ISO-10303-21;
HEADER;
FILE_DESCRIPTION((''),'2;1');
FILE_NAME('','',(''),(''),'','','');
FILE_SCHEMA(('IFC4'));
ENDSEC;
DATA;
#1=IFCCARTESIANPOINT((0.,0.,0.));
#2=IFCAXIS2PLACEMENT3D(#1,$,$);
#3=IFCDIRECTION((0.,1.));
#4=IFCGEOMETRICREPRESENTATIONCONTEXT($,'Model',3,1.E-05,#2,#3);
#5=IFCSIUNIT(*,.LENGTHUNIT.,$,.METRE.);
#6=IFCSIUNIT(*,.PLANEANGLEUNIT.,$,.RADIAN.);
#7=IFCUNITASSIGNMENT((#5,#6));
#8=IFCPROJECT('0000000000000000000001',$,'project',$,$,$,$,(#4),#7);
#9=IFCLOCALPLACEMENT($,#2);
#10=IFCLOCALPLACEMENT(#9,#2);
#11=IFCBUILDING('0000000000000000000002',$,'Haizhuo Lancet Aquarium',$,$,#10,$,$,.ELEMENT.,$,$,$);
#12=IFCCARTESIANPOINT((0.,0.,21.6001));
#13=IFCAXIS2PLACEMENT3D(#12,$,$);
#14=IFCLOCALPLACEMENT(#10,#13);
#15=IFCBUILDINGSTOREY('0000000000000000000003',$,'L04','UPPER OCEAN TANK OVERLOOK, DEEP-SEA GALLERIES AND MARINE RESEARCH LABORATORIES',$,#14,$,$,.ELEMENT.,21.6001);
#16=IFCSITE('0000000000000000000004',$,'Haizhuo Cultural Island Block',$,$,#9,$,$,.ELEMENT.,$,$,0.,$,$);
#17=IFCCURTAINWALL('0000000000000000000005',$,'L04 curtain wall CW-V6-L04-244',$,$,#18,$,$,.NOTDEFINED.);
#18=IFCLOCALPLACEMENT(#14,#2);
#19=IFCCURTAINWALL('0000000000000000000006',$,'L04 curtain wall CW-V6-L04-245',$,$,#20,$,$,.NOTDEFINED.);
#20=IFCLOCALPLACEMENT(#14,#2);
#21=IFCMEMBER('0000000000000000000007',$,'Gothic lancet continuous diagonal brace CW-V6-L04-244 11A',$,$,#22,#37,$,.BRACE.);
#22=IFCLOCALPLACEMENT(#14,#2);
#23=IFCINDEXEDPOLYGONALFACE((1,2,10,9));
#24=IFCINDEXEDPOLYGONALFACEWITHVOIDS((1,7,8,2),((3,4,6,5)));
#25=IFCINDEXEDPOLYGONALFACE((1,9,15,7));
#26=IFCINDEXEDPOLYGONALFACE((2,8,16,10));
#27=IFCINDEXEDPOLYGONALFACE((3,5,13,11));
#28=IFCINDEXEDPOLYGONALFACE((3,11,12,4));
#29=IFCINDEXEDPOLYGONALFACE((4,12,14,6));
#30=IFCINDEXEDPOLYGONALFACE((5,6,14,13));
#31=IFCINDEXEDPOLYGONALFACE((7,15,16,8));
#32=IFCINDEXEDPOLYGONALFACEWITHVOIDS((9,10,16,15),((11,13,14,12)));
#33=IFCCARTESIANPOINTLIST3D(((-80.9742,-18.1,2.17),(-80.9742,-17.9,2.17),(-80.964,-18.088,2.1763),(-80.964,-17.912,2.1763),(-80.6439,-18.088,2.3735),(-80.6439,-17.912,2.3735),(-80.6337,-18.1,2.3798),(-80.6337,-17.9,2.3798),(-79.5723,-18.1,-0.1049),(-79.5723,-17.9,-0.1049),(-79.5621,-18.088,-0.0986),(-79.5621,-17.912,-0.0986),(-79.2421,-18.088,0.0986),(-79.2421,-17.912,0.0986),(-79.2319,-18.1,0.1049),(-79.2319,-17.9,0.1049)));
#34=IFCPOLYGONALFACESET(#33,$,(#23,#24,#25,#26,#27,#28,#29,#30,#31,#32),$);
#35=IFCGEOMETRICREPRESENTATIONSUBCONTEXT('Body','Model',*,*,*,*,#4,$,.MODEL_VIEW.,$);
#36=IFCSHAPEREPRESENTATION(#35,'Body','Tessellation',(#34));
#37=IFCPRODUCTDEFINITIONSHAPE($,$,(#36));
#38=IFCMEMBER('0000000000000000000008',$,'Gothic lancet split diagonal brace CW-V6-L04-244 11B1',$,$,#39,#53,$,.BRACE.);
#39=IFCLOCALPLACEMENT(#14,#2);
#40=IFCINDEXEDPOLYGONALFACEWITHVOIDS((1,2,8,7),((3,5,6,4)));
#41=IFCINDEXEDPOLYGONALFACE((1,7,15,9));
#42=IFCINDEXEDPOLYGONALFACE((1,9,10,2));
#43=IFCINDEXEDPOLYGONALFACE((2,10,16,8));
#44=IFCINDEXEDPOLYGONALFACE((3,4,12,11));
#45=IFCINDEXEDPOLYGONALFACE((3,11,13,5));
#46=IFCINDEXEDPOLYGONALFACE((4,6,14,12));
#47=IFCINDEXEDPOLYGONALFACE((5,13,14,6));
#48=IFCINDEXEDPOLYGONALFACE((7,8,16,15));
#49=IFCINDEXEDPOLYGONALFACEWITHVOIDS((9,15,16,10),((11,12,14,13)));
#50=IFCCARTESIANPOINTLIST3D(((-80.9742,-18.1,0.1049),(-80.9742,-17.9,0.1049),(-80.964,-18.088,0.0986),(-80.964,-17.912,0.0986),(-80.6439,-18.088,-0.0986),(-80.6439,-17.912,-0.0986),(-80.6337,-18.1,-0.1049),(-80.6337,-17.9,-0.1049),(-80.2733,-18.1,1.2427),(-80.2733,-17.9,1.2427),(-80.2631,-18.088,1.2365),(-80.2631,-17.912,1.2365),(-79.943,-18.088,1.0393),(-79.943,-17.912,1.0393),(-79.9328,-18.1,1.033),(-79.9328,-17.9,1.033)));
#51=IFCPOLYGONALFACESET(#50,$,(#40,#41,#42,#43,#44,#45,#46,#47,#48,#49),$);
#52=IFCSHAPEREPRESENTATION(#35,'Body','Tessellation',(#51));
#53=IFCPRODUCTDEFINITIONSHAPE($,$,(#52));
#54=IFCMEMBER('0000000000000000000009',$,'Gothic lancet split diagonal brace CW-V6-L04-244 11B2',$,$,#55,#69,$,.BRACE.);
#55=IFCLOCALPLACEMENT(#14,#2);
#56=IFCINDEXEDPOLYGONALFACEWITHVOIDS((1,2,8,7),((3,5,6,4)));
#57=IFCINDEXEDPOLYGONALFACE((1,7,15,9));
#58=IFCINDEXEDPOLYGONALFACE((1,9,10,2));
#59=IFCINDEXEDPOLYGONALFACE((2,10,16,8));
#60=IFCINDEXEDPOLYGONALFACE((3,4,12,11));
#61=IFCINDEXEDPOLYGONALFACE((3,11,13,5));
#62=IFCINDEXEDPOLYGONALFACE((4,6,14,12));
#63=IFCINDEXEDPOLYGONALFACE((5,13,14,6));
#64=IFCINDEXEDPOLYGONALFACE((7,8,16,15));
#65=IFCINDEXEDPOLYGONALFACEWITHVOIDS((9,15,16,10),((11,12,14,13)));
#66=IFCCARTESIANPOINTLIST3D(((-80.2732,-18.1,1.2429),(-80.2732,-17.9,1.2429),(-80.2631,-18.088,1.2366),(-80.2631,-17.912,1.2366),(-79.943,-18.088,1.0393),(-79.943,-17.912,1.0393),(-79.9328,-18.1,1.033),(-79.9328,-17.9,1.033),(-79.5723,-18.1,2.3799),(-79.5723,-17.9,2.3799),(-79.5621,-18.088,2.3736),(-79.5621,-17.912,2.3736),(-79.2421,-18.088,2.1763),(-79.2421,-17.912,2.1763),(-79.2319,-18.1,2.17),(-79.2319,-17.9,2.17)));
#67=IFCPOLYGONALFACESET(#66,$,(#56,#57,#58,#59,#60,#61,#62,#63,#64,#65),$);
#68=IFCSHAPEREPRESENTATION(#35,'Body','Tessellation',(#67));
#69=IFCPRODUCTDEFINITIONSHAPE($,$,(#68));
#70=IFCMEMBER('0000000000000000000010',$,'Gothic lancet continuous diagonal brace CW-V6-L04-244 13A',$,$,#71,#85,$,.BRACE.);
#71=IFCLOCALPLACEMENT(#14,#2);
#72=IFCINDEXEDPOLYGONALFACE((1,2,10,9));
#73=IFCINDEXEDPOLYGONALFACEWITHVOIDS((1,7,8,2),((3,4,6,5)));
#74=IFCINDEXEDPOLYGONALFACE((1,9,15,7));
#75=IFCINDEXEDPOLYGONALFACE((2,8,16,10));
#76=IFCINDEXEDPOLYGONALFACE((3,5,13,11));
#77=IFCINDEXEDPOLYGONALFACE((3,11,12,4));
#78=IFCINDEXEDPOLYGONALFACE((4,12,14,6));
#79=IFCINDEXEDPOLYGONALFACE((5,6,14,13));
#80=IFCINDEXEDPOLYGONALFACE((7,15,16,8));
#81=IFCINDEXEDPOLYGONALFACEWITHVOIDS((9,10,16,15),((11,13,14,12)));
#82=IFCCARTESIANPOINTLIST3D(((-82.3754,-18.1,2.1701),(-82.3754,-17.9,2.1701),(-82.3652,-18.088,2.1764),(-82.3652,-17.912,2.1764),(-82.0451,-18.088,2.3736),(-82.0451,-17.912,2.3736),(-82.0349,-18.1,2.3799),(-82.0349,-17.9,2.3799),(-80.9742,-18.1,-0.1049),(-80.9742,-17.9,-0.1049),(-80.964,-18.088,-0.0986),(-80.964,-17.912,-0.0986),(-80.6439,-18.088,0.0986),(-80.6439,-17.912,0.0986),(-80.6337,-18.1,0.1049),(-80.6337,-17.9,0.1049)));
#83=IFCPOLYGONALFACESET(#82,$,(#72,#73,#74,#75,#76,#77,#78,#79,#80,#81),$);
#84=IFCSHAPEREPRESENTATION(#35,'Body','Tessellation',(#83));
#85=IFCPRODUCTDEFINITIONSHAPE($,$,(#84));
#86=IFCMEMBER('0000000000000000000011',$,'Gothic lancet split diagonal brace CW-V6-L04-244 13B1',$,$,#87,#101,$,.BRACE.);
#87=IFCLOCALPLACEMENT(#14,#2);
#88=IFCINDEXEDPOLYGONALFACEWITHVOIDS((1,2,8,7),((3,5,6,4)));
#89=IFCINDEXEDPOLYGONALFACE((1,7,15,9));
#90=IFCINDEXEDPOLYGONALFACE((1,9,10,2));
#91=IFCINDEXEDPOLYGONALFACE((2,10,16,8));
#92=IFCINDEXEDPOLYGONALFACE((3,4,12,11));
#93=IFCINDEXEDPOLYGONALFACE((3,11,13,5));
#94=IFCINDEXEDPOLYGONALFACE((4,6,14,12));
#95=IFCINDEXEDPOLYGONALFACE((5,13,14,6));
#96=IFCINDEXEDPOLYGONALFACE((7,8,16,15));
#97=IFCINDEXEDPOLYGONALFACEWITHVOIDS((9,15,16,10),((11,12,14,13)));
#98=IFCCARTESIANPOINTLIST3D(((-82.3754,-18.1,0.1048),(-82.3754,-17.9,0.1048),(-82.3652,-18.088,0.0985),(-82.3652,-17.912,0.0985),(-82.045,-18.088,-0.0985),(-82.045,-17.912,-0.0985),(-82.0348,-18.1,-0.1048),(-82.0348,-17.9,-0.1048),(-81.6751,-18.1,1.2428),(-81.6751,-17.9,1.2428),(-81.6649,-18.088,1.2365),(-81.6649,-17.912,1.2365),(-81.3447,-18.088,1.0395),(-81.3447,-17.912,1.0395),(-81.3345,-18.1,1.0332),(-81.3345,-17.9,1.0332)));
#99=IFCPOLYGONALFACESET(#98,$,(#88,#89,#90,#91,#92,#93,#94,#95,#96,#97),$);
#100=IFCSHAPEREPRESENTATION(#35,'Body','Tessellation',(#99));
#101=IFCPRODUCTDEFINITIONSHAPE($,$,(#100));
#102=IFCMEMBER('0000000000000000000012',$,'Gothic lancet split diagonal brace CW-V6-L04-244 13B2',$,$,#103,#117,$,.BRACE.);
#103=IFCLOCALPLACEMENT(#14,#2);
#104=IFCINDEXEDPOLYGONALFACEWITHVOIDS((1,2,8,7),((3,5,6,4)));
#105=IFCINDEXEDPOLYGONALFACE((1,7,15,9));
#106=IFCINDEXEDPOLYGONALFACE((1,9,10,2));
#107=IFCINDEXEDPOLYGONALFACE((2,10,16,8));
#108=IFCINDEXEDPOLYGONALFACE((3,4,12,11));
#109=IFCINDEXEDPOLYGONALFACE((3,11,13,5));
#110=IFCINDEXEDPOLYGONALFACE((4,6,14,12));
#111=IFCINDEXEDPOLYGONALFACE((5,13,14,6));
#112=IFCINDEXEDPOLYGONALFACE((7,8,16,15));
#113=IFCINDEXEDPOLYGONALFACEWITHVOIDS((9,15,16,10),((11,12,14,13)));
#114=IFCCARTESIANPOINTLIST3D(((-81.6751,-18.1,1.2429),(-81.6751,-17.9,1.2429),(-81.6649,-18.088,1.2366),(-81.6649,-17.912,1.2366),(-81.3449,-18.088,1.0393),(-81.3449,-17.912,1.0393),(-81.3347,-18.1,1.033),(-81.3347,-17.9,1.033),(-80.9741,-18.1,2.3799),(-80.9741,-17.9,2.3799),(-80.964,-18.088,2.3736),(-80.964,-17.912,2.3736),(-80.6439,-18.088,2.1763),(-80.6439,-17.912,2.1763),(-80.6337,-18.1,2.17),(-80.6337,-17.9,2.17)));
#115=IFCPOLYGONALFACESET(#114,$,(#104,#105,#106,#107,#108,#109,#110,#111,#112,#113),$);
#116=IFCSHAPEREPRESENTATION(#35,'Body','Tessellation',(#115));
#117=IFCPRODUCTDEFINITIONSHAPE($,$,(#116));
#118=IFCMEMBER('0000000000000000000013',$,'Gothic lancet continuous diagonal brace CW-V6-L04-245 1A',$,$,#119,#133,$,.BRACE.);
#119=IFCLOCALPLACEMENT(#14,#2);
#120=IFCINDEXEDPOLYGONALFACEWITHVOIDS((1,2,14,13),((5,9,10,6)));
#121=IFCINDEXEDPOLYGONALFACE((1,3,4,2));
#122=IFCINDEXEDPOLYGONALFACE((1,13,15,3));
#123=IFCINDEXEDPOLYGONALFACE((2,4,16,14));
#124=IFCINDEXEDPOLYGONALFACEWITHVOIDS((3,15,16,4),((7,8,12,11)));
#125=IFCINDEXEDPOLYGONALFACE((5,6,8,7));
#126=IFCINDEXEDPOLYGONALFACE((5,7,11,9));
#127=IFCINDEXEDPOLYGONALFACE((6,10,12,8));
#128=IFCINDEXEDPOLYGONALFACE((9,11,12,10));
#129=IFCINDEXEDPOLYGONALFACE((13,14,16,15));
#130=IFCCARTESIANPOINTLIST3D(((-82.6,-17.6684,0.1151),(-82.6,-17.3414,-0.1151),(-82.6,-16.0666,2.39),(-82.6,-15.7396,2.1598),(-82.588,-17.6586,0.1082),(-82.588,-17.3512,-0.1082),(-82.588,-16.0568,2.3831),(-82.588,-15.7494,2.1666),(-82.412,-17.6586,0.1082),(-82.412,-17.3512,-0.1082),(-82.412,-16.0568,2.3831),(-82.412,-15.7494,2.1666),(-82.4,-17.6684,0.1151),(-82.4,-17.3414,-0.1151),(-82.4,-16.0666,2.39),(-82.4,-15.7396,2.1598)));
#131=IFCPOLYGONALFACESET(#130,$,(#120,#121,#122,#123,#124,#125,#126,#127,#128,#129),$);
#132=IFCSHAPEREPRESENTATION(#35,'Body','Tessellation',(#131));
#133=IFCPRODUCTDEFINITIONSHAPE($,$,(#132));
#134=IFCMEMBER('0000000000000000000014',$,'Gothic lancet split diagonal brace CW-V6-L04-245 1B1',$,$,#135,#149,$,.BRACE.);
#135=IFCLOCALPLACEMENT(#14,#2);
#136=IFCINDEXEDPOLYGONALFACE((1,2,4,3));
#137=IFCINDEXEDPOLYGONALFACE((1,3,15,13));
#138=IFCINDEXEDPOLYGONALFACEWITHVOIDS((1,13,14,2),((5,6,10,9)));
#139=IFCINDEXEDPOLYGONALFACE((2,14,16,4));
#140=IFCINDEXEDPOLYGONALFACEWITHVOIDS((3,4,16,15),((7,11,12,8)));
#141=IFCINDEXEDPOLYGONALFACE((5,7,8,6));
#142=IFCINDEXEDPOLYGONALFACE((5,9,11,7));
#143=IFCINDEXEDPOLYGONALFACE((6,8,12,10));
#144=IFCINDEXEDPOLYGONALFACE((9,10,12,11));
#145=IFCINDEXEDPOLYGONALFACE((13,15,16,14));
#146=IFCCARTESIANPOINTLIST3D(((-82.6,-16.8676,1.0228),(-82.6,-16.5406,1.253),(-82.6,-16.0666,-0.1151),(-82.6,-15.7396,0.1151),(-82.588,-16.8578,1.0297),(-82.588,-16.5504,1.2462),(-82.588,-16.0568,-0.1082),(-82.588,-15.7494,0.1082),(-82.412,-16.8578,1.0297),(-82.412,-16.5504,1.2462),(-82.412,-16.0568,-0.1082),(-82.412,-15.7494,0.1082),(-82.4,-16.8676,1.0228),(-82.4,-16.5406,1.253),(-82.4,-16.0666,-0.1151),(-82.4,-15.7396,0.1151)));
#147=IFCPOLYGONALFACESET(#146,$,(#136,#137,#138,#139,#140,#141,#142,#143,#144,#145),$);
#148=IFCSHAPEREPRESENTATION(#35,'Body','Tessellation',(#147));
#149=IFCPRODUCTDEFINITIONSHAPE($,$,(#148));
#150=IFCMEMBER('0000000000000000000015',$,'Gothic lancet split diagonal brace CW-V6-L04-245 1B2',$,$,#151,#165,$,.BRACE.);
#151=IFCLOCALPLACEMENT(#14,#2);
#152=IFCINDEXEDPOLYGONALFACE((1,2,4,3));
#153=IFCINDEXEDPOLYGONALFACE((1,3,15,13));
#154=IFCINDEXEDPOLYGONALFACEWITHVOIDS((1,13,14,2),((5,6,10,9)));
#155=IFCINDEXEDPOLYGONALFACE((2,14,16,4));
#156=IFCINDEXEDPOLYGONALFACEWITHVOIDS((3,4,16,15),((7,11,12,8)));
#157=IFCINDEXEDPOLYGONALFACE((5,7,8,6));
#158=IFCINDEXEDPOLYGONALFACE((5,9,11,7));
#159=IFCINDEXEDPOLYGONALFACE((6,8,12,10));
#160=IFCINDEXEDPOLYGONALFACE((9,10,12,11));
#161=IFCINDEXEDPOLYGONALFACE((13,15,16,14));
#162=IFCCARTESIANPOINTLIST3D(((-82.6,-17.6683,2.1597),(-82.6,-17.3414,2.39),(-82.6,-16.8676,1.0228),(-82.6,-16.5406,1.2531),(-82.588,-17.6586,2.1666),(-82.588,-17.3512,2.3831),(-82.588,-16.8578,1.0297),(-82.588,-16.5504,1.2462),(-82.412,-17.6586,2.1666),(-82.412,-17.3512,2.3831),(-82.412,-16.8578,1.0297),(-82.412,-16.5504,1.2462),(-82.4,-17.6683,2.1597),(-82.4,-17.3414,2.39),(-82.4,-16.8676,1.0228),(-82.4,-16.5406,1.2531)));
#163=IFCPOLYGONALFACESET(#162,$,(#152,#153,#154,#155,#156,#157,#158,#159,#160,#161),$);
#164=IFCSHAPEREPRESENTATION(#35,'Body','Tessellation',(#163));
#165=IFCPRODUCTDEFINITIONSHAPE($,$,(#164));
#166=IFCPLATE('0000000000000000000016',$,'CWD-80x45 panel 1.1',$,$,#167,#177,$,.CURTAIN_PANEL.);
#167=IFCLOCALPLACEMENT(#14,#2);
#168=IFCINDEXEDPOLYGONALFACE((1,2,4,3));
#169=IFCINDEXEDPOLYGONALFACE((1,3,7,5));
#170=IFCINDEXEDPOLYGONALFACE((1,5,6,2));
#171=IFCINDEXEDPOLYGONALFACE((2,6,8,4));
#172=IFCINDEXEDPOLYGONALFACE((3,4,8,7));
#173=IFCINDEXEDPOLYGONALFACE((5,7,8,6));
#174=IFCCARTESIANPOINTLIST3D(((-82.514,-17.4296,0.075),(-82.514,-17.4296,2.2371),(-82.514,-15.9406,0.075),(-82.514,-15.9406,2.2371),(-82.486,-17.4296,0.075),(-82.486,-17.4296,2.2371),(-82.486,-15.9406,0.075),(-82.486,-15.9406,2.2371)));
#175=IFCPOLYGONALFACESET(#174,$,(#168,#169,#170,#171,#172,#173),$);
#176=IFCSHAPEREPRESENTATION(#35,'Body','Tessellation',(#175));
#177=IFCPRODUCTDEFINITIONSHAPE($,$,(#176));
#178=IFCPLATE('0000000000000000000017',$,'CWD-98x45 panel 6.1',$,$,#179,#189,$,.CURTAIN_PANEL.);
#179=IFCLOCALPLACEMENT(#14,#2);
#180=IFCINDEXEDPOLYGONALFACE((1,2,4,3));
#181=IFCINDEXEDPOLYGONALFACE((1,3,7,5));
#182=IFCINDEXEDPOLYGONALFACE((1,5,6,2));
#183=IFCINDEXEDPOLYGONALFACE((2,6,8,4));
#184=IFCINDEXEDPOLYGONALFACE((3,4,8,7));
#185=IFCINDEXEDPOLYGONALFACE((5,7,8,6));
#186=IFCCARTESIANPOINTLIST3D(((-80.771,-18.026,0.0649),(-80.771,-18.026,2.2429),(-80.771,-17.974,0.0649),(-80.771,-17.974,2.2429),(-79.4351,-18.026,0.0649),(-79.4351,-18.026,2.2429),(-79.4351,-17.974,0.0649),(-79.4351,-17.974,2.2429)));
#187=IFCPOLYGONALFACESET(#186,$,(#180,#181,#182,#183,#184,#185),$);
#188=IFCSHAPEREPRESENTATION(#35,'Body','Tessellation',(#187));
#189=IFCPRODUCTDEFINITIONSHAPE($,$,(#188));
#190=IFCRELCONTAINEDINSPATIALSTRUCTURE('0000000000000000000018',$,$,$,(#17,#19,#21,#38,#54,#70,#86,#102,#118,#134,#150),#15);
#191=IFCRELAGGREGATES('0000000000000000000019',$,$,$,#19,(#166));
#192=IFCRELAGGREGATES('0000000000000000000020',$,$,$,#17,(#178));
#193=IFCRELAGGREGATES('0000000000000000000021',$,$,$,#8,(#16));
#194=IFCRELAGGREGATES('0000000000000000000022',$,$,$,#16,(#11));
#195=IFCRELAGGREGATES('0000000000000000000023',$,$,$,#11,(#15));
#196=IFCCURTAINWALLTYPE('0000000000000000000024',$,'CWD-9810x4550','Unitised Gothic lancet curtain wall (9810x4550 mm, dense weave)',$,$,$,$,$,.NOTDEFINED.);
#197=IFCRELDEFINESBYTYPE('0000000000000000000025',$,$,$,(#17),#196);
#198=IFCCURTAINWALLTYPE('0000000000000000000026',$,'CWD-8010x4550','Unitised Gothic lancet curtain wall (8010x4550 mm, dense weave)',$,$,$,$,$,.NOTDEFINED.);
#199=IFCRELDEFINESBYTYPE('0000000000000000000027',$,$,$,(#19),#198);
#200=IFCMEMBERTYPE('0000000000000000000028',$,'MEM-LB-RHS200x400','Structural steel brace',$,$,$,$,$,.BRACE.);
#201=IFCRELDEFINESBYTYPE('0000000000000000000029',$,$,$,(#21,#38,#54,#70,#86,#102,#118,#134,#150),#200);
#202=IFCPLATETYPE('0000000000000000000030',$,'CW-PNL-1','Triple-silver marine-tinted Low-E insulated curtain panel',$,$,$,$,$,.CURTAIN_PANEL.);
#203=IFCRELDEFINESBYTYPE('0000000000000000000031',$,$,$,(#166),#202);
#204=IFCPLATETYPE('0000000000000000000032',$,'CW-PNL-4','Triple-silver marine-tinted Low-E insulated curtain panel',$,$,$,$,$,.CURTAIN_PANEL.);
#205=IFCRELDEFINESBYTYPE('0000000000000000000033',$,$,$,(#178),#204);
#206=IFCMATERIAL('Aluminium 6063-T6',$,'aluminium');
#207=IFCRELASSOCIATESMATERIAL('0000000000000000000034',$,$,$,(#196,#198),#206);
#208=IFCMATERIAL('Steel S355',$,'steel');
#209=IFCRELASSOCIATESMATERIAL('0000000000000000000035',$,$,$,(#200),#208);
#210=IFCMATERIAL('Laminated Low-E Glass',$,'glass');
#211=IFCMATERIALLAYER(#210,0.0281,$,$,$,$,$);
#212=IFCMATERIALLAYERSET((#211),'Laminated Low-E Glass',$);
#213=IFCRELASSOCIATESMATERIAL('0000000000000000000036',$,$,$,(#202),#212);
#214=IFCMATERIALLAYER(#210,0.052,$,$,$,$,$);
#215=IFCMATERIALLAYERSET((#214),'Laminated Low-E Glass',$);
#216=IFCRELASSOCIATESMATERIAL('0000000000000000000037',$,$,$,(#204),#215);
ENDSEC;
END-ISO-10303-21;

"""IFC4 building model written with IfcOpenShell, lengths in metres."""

from ifc_helpers import new_model, si_unit, direction, frame, origin, origin_2d, place, context, subcontext, project, spatial, rectangle, hollow_rectangle, extrude, material, layer, layer_set, material_profile, profile_set, type_object, element, aggregate, save


model = new_model("IFC4")

# Units and contexts
model_context = context("Model", 3, precision=1e-05, world=origin(), true_north=direction((0.0, 1.0)))
body_context = subcontext(model_context, "Body", "Model", "MODEL_VIEW")
ifc_project = project(units=[si_unit("LENGTHUNIT", "METRE"), si_unit("PLANEANGLEUNIT", "RADIAN")], contexts=[model_context])

# Site, building, storey
site_placement = place(None, origin())
site = spatial("IfcSite", under=ifc_project, at=site_placement, Name="Haizhuo Cultural Island Block", CompositionType="ELEMENT", RefElevation=0.0)
building_placement = place(site_placement, origin())
building = spatial("IfcBuilding", under=site, at=building_placement, Name="Haizhuo Lancet Aquarium", CompositionType="ELEMENT")
storey_placement = place(building_placement, frame((0.0, 0.0, 21.6001)))
storey = spatial("IfcBuildingStorey", under=building, at=storey_placement, Name="L04", Description="UPPER OCEAN TANK OVERLOOK, DEEP-SEA GALLERIES AND MARINE RESEARCH LABORATORIES", CompositionType="ELEMENT", Elevation=21.6001)

# Curtain walls
ifc_material_1 = material(Name="Aluminium 6063-T6", Category="aluminium")
curtain_wall_type_1 = type_object("IfcCurtainWallType", Name="CWD-9810x4550", Description="Unitised Gothic lancet curtain wall (9810x4550 mm, dense weave)", PredefinedType="NOTDEFINED", material=ifc_material_1)
curtain_wall_1_placement = place(storey_placement, origin())
curtain_wall_1 = element("IfcCurtainWall", 1, at=curtain_wall_1_placement, inside=storey, type_object=curtain_wall_type_1, Name="L04 curtain wall CW-V6-L04-244", PredefinedType="NOTDEFINED")
curtain_wall_type_2 = type_object("IfcCurtainWallType", Name="CWD-8010x4550", Description="Unitised Gothic lancet curtain wall (8010x4550 mm, dense weave)", PredefinedType="NOTDEFINED", material=ifc_material_1)
curtain_wall_2_placement = place(storey_placement, origin())
curtain_wall_2 = element("IfcCurtainWall", 2, at=curtain_wall_2_placement, inside=storey, type_object=curtain_wall_type_2, Name="L04 curtain wall CW-V6-L04-245", PredefinedType="NOTDEFINED")

# Members
ifc_material_2 = material(Name="Steel S355", Category="steel")
ifc_material_profile_1 = material_profile(ifc_material_2, hollow_rectangle(XDim=0.2, YDim=0.3999, WallThickness=0.012, at=origin_2d()), Name="RHS 200x400x12")
ifc_profile_set_1 = profile_set([ifc_material_profile_1], Name="Steel S355")
member_type_1 = type_object("IfcMemberType", Name="MEM-LB-RHS200x400", Description="Structural steel brace", PredefinedType="BRACE", material=ifc_profile_set_1)
member_1_placement = place(storey_placement, frame((-79.4021, -18.0, 0.0), z_axis=(-0.524617, 0.0, 0.851338), x_axis=(0.0, -1.0, 0.0)))
element("IfcMember", 3, at=member_1_placement, inside=storey, type_object=member_type_1, Name="Gothic lancet continuous diagonal brace CW-V6-L04-244 11A", PredefinedType="BRACE", context=body_context, shape_type="SweptSolid", body=[
    extrude(hollow_rectangle(XDim=0.2, YDim=0.3999, WallThickness=0.012, at=origin_2d()), origin(), (0.0, 0.0, 1.0), 2.6721),
])
member_2_placement = place(storey_placement, frame((-80.804, -18.0, 0.0), z_axis=(0.524454, 0.0, 0.851439), x_axis=(0.0, 1.0, 0.0)))
element("IfcMember", 4, at=member_2_placement, inside=storey, type_object=member_type_1, Name="Gothic lancet split diagonal brace CW-V6-L04-244 11B1", PredefinedType="BRACE", context=body_context, shape_type="SweptSolid", body=[
    extrude(hollow_rectangle(XDim=0.2, YDim=0.3999, WallThickness=0.012, at=origin_2d()), origin(), (0.0, 0.0, 1.0), 1.3364),
])
member_3_placement = place(storey_placement, frame((-80.103, -18.0, 1.1379), z_axis=(0.524781, 0.0, 0.851238), x_axis=(0.0, 1.0, 0.0)))
element("IfcMember", 5, at=member_3_placement, inside=storey, type_object=member_type_1, Name="Gothic lancet split diagonal brace CW-V6-L04-244 11B2", PredefinedType="BRACE", context=body_context, shape_type="SweptSolid", body=[
    extrude(hollow_rectangle(XDim=0.2, YDim=0.3999, WallThickness=0.012, at=origin_2d()), origin(), (0.0, 0.0, 1.0), 1.3357),
])
member_4_placement = place(storey_placement, frame((-80.804, -18.0, 0.0), z_axis=(-0.524419, 0.0, 0.851461), x_axis=(0.0, -1.0, 0.0)))
element("IfcMember", 6, at=member_4_placement, inside=storey, type_object=member_type_1, Name="Gothic lancet continuous diagonal brace CW-V6-L04-244 13A", PredefinedType="BRACE", context=body_context, shape_type="SweptSolid", body=[
    extrude(hollow_rectangle(XDim=0.2, YDim=0.3999, WallThickness=0.012, at=origin_2d()), origin(), (0.0, 0.0, 1.0), 2.6719),
])
member_5_placement = place(storey_placement, frame((-82.2051, -18.0, 0.0), z_axis=(0.524057, 0.0, 0.851683), x_axis=(0.0, 1.0, 0.0)))
element("IfcMember", 7, at=member_5_placement, inside=storey, type_object=member_type_1, Name="Gothic lancet split diagonal brace CW-V6-L04-244 13B1", PredefinedType="BRACE", context=body_context, shape_type="SweptSolid", body=[
    extrude(hollow_rectangle(XDim=0.2, YDim=0.3999, WallThickness=0.012, at=origin_2d()), origin(), (0.0, 0.0, 1.0), 1.3362),
])
member_6_placement = place(storey_placement, frame((-81.5049, -18.0, 1.1379), z_axis=(0.524781, 0.0, 0.851238), x_axis=(0.0, 1.0, 0.0)))
element("IfcMember", 8, at=member_6_placement, inside=storey, type_object=member_type_1, Name="Gothic lancet split diagonal brace CW-V6-L04-244 13B2", PredefinedType="BRACE", context=body_context, shape_type="SweptSolid", body=[
    extrude(hollow_rectangle(XDim=0.2, YDim=0.3999, WallThickness=0.012, at=origin_2d()), origin(), (0.0, 0.0, 1.0), 1.3357),
])
member_7_placement = place(storey_placement, frame((-82.5, -17.5049, 0.0), z_axis=(0.0, 0.575722, 0.817646), x_axis=(-1.0, 0.0, 0.0)))
element("IfcMember", 9, at=member_7_placement, inside=storey, type_object=member_type_1, Name="Gothic lancet continuous diagonal brace CW-V6-L04-245 1A", PredefinedType="BRACE", context=body_context, shape_type="SweptSolid", body=[
    extrude(hollow_rectangle(XDim=0.2, YDim=0.3999, WallThickness=0.012, at=origin_2d()), origin(), (0.0, 0.0, 1.0), 2.7822),
])
member_8_placement = place(storey_placement, frame((-82.5, -15.9031, 0.0), z_axis=(0.0, -0.575615, 0.817721), x_axis=(1.0, 0.0, 0.0)))
element("IfcMember", 10, at=member_8_placement, inside=storey, type_object=member_type_1, Name="Gothic lancet split diagonal brace CW-V6-L04-245 1B1", PredefinedType="BRACE", context=body_context, shape_type="SweptSolid", body=[
    extrude(hollow_rectangle(XDim=0.2, YDim=0.3999, WallThickness=0.012, at=origin_2d()), origin(), (0.0, 0.0, 1.0), 1.3916),
])
member_9_placement = place(storey_placement, frame((-82.5, -16.7041, 1.1379), z_axis=(0.0, -0.575828, 0.817571), x_axis=(1.0, 0.0, 0.0)))
element("IfcMember", 11, at=member_9_placement, inside=storey, type_object=member_type_1, Name="Gothic lancet split diagonal brace CW-V6-L04-245 1B2", PredefinedType="BRACE", context=body_context, shape_type="SweptSolid", body=[
    extrude(hollow_rectangle(XDim=0.2, YDim=0.3999, WallThickness=0.012, at=origin_2d()), origin(), (0.0, 0.0, 1.0), 1.3906),
])

# Plates
ifc_material_3 = material(Name="Laminated Low-E Glass", Category="glass")
ifc_layer_1 = layer(ifc_material_3, 0.0281)
ifc_layer_set_1 = layer_set([ifc_layer_1], Name="Laminated Low-E Glass")
plate_type_1 = type_object("IfcPlateType", Name="CW-PNL-1", Description="Triple-silver marine-tinted Low-E insulated curtain panel", PredefinedType="CURTAIN_PANEL", material=ifc_layer_set_1)
plate_1_placement = place(storey_placement, frame((-82.5, -16.6851, 0.075), z_axis=(0.0, 0.0, 1.0), x_axis=(0.0, 1.0, 0.0)))
plate_1 = element("IfcPlate", 12, at=plate_1_placement, type_object=plate_type_1, Name="CWD-80x45 panel 1.1", PredefinedType="CURTAIN_PANEL", context=body_context, shape_type="SweptSolid", body=[
    extrude(rectangle(XDim=1.489, YDim=0.0281, at=origin_2d()), origin(), (0.0, 0.0, 1.0), 2.1621),
])
aggregate(curtain_wall_2, [plate_1])
ifc_layer_2 = layer(ifc_material_3, 0.052)
ifc_layer_set_2 = layer_set([ifc_layer_2], Name="Laminated Low-E Glass")
plate_type_2 = type_object("IfcPlateType", Name="CW-PNL-4", Description="Triple-silver marine-tinted Low-E insulated curtain panel", PredefinedType="CURTAIN_PANEL", material=ifc_layer_set_2)
plate_2_placement = place(storey_placement, frame((-80.103, -18.0, 0.0649), z_axis=(0.0, 0.0, 1.0), x_axis=(-1.0, 0.0, 0.0)))
plate_2 = element("IfcPlate", 13, at=plate_2_placement, type_object=plate_type_2, Name="CWD-98x45 panel 6.1", PredefinedType="CURTAIN_PANEL", context=body_context, shape_type="SweptSolid", body=[
    extrude(rectangle(XDim=1.3359, YDim=0.052, at=origin_2d()), origin(), (0.0, 0.0, 1.0), 2.178),
])
aggregate(curtain_wall_1, [plate_2])

save(model, "model.ifc")
